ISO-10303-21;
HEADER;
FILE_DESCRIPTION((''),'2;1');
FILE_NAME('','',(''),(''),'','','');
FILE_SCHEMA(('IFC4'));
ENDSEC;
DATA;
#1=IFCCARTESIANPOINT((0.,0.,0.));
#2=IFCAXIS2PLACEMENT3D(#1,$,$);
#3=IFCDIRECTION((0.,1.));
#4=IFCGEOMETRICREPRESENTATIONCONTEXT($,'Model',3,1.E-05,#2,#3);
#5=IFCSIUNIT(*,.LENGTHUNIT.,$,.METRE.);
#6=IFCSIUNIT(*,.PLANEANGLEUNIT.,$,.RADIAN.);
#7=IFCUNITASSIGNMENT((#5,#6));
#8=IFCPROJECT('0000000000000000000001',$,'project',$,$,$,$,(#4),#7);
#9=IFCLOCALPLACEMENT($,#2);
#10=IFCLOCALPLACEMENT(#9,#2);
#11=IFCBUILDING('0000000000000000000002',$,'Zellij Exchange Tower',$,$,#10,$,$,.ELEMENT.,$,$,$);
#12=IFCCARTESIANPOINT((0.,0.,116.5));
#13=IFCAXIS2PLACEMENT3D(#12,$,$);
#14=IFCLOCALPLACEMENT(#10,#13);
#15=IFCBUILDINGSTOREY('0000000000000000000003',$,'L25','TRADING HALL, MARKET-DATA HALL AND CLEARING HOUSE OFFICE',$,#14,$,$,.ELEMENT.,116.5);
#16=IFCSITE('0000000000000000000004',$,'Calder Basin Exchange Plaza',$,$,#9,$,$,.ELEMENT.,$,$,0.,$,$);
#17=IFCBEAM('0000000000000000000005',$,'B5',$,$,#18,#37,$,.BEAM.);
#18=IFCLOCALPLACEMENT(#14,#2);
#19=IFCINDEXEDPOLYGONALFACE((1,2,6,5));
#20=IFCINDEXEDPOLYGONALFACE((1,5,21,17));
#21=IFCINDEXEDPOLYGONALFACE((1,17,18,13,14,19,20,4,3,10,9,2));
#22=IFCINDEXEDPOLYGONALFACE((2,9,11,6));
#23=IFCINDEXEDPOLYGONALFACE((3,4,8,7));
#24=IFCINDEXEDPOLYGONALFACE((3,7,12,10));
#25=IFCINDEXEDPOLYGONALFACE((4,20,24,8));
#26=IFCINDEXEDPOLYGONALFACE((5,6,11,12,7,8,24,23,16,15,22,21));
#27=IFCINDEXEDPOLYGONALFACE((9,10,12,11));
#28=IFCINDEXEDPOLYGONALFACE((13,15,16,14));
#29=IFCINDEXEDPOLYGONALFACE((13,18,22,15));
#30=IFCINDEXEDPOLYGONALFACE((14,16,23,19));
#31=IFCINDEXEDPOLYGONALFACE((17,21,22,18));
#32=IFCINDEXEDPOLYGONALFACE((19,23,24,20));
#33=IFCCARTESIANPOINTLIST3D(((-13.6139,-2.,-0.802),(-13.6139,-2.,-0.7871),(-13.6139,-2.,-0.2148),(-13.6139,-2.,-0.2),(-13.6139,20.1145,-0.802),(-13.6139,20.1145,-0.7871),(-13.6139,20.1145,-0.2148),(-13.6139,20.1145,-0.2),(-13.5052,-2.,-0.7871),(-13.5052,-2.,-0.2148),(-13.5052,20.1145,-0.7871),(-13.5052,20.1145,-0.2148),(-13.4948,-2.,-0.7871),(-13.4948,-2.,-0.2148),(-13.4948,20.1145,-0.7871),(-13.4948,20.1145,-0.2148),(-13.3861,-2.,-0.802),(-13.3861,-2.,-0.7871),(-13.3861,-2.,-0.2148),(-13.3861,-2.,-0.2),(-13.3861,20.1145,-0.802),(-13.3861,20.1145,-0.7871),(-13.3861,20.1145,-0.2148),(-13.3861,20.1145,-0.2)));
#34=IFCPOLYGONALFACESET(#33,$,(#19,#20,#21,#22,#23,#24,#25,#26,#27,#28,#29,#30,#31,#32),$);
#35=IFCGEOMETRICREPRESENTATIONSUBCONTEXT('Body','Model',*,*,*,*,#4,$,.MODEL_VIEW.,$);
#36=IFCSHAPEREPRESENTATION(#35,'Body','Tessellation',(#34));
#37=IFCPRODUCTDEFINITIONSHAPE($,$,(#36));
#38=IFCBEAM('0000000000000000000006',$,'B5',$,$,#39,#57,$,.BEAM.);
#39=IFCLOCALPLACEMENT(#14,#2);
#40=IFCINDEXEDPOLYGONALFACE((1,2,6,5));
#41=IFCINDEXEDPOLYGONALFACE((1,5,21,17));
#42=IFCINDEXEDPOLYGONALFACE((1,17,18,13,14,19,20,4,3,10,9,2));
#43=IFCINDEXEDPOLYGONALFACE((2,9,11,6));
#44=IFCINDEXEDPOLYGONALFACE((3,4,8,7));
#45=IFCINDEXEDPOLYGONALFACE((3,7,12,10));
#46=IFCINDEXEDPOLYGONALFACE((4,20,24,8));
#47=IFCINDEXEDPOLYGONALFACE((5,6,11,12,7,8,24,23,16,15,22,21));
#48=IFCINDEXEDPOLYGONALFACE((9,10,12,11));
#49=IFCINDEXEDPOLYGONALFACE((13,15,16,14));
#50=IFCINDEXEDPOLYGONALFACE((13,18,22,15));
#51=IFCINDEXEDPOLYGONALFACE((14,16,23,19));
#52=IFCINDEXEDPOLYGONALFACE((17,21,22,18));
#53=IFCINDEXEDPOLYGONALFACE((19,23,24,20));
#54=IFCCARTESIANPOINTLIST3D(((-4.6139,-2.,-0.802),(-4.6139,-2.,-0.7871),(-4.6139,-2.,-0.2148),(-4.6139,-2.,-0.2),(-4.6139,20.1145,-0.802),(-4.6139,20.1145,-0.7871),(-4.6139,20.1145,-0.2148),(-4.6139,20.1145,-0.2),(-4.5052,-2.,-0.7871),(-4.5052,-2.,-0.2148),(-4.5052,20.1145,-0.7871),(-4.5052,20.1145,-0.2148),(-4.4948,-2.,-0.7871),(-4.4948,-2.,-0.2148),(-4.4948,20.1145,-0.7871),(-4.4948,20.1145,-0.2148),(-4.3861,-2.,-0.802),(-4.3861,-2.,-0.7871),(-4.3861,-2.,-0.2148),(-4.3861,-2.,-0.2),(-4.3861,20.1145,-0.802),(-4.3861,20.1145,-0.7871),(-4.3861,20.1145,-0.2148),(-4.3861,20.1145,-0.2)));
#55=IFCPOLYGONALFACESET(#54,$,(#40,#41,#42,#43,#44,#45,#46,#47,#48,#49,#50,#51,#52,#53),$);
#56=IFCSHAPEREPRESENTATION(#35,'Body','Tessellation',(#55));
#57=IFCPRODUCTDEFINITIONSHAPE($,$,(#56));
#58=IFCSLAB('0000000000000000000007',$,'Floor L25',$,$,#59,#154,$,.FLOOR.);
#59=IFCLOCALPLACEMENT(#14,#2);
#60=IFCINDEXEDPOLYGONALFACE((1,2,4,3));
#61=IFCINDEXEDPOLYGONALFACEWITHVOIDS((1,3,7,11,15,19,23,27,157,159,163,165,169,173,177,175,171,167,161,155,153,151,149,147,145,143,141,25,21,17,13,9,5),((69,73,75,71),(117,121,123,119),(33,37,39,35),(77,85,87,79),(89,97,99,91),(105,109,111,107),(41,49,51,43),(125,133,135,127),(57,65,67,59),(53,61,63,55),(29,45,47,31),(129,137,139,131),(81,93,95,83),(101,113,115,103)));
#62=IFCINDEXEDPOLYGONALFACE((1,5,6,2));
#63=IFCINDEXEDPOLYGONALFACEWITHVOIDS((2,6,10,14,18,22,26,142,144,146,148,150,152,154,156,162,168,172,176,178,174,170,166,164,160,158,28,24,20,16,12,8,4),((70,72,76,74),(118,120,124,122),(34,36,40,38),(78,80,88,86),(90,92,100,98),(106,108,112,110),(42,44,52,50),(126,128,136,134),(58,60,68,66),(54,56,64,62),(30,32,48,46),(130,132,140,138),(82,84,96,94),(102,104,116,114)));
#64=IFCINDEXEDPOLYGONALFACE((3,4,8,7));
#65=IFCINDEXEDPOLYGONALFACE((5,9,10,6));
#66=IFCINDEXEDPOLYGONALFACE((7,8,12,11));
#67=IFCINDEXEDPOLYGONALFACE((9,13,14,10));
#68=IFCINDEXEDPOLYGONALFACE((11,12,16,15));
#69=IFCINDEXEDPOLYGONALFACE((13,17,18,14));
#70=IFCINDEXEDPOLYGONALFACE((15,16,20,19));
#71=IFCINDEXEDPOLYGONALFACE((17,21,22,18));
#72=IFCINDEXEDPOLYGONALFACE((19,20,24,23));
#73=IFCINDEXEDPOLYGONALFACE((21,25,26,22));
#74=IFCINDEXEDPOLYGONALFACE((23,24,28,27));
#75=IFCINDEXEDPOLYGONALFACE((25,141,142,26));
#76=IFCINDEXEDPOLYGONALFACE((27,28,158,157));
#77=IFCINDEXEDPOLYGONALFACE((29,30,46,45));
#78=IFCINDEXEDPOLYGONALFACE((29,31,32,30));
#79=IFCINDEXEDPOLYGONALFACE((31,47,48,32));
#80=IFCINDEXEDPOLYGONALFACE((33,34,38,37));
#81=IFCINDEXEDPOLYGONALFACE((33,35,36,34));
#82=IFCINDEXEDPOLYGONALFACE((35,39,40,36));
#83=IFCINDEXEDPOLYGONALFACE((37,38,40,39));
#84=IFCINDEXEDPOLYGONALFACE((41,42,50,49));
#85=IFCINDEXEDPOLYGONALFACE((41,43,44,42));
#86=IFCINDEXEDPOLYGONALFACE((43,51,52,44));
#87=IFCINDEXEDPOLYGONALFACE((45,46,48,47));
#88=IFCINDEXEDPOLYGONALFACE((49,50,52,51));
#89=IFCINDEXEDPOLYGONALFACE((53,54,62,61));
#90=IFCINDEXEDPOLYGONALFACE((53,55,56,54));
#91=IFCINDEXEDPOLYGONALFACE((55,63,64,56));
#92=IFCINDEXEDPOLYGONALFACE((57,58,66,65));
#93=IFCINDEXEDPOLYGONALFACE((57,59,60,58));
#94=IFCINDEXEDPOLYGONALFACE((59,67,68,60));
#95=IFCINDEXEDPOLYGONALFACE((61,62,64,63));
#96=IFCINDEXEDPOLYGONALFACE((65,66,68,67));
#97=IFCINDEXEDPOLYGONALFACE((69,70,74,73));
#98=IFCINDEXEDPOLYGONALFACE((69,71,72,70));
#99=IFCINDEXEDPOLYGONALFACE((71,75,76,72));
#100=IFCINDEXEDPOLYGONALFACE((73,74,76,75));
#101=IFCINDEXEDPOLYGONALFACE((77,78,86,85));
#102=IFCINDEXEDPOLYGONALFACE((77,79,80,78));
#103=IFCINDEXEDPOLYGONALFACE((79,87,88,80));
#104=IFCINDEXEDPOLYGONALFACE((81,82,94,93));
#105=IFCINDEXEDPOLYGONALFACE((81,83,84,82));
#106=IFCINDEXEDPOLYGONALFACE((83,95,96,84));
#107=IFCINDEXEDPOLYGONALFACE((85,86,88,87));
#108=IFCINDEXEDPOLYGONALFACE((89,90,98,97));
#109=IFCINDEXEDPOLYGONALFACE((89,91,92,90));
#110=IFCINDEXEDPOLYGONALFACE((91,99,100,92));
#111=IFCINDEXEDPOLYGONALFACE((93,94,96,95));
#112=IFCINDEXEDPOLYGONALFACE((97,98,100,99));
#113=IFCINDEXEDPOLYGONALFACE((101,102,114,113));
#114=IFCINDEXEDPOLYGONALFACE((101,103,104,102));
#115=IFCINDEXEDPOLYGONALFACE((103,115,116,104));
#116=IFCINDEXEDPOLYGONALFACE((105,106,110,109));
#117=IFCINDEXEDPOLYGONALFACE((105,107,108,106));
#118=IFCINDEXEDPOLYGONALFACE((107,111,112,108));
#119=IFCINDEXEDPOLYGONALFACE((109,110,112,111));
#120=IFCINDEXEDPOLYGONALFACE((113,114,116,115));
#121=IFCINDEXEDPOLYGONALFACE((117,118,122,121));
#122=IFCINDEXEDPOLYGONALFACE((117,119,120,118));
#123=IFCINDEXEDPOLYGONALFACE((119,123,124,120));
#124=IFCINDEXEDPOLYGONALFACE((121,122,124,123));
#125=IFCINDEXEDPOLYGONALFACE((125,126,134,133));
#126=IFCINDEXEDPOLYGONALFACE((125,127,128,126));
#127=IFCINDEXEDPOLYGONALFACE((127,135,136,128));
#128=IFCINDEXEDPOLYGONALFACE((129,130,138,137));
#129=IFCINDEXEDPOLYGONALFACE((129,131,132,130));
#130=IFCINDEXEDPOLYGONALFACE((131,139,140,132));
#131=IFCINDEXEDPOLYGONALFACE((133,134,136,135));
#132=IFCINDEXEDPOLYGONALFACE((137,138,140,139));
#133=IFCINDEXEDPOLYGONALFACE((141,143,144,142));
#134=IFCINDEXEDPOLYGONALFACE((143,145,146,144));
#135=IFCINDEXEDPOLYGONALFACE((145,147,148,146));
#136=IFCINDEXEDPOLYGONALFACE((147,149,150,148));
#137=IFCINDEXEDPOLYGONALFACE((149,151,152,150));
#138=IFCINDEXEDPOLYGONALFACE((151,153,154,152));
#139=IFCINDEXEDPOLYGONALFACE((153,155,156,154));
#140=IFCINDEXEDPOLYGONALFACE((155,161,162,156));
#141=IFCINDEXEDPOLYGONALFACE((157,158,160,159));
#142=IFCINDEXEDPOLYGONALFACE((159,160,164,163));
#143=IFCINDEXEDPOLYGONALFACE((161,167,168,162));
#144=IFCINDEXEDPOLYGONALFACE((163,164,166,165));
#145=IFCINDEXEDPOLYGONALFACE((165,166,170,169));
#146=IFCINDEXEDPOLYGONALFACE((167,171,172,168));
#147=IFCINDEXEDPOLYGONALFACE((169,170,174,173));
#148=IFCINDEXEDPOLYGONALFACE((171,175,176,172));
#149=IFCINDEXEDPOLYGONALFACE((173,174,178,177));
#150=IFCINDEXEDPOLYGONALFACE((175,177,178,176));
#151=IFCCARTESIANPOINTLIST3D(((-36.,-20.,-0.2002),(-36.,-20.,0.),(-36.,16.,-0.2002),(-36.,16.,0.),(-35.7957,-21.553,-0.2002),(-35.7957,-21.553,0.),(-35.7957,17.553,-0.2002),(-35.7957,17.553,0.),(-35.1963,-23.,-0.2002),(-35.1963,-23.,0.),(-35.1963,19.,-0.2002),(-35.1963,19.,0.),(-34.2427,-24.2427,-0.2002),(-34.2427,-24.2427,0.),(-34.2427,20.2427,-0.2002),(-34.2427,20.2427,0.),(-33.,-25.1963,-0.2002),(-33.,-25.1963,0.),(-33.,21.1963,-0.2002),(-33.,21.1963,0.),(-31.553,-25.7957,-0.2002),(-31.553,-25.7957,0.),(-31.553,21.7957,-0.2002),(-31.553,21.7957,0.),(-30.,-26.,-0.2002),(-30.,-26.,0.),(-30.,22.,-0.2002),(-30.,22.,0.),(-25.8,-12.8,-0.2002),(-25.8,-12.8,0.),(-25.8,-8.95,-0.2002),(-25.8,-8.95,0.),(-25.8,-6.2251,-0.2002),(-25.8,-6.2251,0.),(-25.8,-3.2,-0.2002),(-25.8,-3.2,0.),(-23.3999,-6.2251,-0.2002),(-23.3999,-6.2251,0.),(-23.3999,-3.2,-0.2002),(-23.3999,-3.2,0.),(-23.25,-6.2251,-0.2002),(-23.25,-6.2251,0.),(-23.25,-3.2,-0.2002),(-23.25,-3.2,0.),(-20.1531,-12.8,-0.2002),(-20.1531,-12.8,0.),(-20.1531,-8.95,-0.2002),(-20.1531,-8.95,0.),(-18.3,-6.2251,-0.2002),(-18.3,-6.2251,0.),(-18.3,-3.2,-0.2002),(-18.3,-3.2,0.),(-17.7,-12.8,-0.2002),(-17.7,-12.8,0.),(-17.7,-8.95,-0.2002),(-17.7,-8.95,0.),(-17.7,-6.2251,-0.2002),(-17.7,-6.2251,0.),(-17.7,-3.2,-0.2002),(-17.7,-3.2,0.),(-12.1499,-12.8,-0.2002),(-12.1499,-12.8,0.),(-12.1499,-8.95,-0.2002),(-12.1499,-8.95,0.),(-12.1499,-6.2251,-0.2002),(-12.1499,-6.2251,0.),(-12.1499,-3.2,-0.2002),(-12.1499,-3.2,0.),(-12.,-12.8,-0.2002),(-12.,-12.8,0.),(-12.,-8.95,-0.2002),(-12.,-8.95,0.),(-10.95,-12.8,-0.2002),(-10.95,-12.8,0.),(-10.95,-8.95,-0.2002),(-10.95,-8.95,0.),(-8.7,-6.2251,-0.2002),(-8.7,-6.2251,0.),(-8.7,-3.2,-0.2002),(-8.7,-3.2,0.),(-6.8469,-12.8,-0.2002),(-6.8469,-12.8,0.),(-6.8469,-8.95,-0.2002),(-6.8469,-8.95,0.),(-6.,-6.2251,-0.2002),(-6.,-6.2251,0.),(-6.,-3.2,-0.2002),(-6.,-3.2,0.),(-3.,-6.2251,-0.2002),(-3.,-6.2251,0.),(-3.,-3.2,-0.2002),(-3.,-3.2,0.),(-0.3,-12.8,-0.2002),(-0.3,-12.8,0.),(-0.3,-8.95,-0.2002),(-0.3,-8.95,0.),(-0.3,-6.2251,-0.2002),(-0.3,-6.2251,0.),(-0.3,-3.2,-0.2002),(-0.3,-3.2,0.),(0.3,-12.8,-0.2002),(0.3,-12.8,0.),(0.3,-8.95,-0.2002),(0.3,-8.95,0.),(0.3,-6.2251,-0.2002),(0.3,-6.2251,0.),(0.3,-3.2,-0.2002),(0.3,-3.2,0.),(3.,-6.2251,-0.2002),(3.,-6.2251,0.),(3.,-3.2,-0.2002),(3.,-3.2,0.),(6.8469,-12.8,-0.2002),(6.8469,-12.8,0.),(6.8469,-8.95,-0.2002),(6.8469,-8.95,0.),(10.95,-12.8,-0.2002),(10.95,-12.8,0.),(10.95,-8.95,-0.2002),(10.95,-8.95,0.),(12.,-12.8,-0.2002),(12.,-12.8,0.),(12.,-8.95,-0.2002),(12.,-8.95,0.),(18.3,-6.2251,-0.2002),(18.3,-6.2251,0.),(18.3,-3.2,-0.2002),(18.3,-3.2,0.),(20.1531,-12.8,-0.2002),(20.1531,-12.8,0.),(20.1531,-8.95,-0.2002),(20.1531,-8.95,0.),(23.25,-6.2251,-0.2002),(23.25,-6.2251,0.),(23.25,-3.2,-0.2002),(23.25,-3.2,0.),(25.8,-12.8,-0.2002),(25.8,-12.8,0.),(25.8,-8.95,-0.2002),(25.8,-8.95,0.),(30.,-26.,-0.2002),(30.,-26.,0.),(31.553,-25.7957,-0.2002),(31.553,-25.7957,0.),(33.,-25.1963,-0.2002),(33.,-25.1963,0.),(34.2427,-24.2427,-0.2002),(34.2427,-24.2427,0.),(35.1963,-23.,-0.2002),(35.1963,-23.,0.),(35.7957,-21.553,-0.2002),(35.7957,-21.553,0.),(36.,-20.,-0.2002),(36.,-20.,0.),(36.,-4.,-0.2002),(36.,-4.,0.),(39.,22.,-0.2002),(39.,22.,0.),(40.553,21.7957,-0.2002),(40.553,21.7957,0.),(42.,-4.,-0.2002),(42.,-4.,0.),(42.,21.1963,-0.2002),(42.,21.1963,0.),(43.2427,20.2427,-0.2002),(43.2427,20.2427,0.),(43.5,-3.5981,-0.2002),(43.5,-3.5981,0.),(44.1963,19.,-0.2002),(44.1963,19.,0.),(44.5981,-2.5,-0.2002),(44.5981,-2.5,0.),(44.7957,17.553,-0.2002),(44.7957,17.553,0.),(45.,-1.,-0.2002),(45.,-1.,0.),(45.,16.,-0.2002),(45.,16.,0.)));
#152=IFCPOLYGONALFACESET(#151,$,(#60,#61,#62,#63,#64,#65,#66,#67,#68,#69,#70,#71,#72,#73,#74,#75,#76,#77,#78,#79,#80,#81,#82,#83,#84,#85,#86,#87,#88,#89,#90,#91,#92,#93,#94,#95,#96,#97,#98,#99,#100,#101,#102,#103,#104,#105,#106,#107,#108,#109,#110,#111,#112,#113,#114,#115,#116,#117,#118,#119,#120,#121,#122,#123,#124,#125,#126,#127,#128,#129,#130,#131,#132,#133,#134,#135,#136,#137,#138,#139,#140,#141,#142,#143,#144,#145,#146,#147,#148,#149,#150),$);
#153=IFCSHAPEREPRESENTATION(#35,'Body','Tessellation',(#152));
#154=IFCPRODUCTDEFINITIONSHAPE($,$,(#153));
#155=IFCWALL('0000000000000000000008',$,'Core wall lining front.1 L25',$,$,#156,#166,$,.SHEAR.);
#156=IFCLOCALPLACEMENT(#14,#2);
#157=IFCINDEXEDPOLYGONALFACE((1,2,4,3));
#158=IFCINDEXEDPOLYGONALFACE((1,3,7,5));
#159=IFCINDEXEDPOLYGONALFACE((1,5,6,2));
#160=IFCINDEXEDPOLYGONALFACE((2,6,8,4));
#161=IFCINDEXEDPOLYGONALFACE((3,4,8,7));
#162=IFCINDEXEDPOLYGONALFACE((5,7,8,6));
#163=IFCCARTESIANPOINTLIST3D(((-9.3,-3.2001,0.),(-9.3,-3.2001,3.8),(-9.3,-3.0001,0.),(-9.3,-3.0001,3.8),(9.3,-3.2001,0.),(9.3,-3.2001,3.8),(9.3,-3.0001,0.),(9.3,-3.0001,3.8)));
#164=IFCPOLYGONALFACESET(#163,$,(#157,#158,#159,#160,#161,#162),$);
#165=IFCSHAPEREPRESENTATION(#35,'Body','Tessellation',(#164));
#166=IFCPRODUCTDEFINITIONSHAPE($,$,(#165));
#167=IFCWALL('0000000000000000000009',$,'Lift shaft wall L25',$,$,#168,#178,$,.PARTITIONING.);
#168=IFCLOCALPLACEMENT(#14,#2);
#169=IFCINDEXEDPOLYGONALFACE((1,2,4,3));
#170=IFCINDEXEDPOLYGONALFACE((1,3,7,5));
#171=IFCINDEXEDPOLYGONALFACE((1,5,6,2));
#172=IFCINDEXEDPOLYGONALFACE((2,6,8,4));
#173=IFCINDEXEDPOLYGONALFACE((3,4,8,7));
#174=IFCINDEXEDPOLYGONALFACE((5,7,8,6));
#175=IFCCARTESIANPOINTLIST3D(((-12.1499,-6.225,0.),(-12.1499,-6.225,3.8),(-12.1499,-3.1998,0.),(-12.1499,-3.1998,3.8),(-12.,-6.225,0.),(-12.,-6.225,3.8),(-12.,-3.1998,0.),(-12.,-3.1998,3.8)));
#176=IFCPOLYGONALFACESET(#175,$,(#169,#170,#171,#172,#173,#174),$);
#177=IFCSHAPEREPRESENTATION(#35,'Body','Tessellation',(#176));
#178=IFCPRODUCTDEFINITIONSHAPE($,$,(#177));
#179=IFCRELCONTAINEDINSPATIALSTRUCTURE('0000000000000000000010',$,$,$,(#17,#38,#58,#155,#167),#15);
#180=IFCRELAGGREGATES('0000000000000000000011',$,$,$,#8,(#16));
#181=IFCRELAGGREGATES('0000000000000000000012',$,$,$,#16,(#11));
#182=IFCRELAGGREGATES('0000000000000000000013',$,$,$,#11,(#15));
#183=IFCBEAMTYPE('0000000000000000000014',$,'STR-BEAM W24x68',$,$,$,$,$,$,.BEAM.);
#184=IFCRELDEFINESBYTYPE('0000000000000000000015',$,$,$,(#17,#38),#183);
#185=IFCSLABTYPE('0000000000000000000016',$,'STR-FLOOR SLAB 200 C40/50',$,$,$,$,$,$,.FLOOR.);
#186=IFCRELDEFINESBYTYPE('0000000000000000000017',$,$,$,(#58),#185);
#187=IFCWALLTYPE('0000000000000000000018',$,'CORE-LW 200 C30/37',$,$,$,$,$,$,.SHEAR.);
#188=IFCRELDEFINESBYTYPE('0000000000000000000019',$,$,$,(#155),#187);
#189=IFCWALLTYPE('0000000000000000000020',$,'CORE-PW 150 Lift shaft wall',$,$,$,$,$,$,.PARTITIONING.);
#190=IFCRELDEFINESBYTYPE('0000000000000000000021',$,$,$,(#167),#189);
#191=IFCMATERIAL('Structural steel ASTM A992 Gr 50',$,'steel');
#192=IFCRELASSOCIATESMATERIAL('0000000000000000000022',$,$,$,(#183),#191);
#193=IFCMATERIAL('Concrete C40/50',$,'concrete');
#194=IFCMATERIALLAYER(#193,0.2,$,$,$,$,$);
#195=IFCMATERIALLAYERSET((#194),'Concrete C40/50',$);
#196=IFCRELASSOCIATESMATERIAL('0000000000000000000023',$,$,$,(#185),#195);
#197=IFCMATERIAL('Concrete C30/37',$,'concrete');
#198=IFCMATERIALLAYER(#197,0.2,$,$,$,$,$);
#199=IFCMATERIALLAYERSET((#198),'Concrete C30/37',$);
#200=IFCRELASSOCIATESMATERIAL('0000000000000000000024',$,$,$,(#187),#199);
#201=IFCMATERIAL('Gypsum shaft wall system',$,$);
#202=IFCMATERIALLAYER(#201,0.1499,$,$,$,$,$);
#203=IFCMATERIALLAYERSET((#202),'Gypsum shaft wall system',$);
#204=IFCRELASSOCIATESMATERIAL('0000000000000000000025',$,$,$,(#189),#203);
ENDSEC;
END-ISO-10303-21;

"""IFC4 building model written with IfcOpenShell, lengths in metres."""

from ifc_helpers import new_model, si_unit, direction, frame, frame_2d, origin, origin_2d, place, context, subcontext, project, spatial, polyline, rectangle, i_section, outline, extrude, material, layer, layer_set, material_profile, profile_set, type_object, element, save


model = new_model("IFC4")

# Units and contexts
model_context = context("Model", 3, precision=1e-05, world=origin(), true_north=direction((0.0, 1.0)))
body_context = subcontext(model_context, "Body", "Model", "MODEL_VIEW")
ifc_project = project(units=[si_unit("LENGTHUNIT", "METRE"), si_unit("PLANEANGLEUNIT", "RADIAN")], contexts=[model_context])

# Site, building, storey
site_placement = place(None, origin())
site = spatial("IfcSite", under=ifc_project, at=site_placement, Name="Calder Basin Exchange Plaza", CompositionType="ELEMENT", RefElevation=0.0)
building_placement = place(site_placement, origin())
building = spatial("IfcBuilding", under=site, at=building_placement, Name="Zellij Exchange Tower", CompositionType="ELEMENT")
storey_placement = place(building_placement, frame((0.0, 0.0, 116.5)))
storey = spatial("IfcBuildingStorey", under=building, at=storey_placement, Name="L25", Description="TRADING HALL, MARKET-DATA HALL AND CLEARING HOUSE OFFICE", CompositionType="ELEMENT", Elevation=116.5)

# Beams
ifc_material_1 = material(Name="Structural steel ASTM A992 Gr 50", Category="steel")
ifc_material_profile = material_profile(ifc_material_1, i_section(OverallWidth=0.2278, OverallDepth=0.6021, WebThickness=0.0105, FlangeThickness=0.0149, at=origin_2d()), Name="W24x68")
ifc_profile_set = profile_set([ifc_material_profile], Name="Structural steel ASTM A992 Gr 50")
beam_type = type_object("IfcBeamType", Name="STR-BEAM W24x68", PredefinedType="BEAM", material=ifc_profile_set)
for number, where, z_axis, x_axis, name in (
    (1, (-13.5, -2.0, -0.501), (0.0, 1.0, 0.0), (-1.0, 0.0, 0.0), "B5"),
    (2, (-4.5, -2.0, -0.501), (0.0, 1.0, 0.0), (-1.0, 0.0, 0.0), "B5"),
):
    element("IfcBeam", number, at=place(storey_placement, frame(where, z_axis=z_axis, x_axis=x_axis)), inside=storey, type_object=beam_type, Name=name, PredefinedType="BEAM", context=body_context, shape_type="SweptSolid", body=[
        extrude(i_section(OverallWidth=0.2278, OverallDepth=0.6021, WebThickness=0.0105, FlangeThickness=0.0149, at=origin_2d()), origin(), (0.0, 0.0, 1.0), 22.1145),
    ])

# Slab
ifc_material_2 = material(Name="Concrete C40/50", Category="concrete")
ifc_layer_1 = layer(ifc_material_2, 0.2)
ifc_layer_set_1 = layer_set([ifc_layer_1], Name="Concrete C40/50")
slab_type = type_object("IfcSlabType", Name="STR-FLOOR SLAB 200 C40/50", PredefinedType="FLOOR", material=ifc_layer_set_1)
slab_placement = place(storey_placement, frame((0.0, 0.0, -0.2002)))
element("IfcSlab", 3, at=slab_placement, inside=storey, type_object=slab_type, Name="Floor L25", PredefinedType="FLOOR", context=body_context, shape_type="SweptSolid", body=[
    extrude(outline(polyline([(35.7957, -21.553), (35.1963, -23.0), (34.2427, -24.2427), (33.0, -25.1963), (31.553, -25.7957), (30.0, -26.0), (-30.0, -26.0), (-31.553, -25.7957), (-33.0, -25.1963), (-34.2427, -24.2427), (-35.1963, -23.0), (-35.7957, -21.553), (-36.0, -20.0), (-36.0, 16.0), (-35.7957, 17.553), (-35.1963, 19.0), (-34.2427, 20.2427), (-33.0, 21.1963), (-31.553, 21.7957), (-30.0, 22.0), (39.0, 22.0), (40.553, 21.7957), (42.0, 21.1963), (43.2427, 20.2427), (44.1963, 19.0), (44.7957, 17.553), (45.0, 16.0), (45.0, -1.0), (44.5981, -2.5), (43.5, -3.5981), (42.0, -4.0), (36.0, -4.0), (36.0, -20.0), (35.7957, -21.553)]), holes=[polyline([(-25.8, -8.95), (-25.8, -12.8), (-20.1531, -12.8), (-20.1531, -8.95), (-25.8, -8.95)]), polyline([(-12.1499, -8.95), (-17.7, -8.95), (-17.7, -12.8), (-12.1499, -12.8), (-12.1499, -8.95)]), polyline([(-10.95, -8.95), (-12.0, -8.95), (-12.0, -12.8), (-10.95, -12.8), (-10.95, -8.95)]), polyline([(-23.3999, -3.2), (-25.8, -3.2), (-25.8, -6.2251), (-23.3999, -6.2251), (-23.3999, -3.2)]), polyline([(-18.3, -3.2), (-23.25, -3.2), (-23.25, -6.2251), (-18.3, -6.2251), (-18.3, -3.2)]), polyline([(-12.1499, -3.2), (-17.7, -3.2), (-17.7, -6.2251), (-12.1499, -6.2251), (-12.1499, -3.2)]), polyline([(-6.0, -3.2), (-8.7, -3.2), (-8.7, -6.2251), (-6.0, -6.2251), (-6.0, -3.2)]), polyline([(-6.8469, -8.95), (-6.8469, -12.8), (-0.3, -12.8), (-0.3, -8.95), (-6.8469, -8.95)]), polyline([(6.8469, -8.95), (0.3, -8.95), (0.3, -12.8), (6.8469, -12.8), (6.8469, -8.95)]), polyline([(12.0, -8.95), (10.95, -8.95), (10.95, -12.8), (12.0, -12.8), (12.0, -8.95)]), polyline([(25.8, -8.95), (20.1531, -8.95), (20.1531, -12.8), (25.8, -12.8), (25.8, -8.95)]), polyline([(-0.3, -3.2), (-3.0, -3.2), (-3.0, -6.2251), (-0.3, -6.2251), (-0.3, -3.2)]), polyline([(3.0, -3.2), (0.3, -3.2), (0.3, -6.2251), (3.0, -6.2251), (3.0, -3.2)]), polyline([(23.25, -3.2), (18.3, -3.2), (18.3, -6.2251), (23.25, -6.2251), (23.25, -3.2)])]), origin(), (0.0, 0.0, 1.0), 0.2002),
])

# Walls
ifc_material_3 = material(Name="Concrete C30/37", Category="concrete")
ifc_layer_2 = layer(ifc_material_3, 0.2)
ifc_layer_set_2 = layer_set([ifc_layer_2], Name="Concrete C30/37")
wall_type_1 = type_object("IfcWallType", Name="CORE-LW 200 C30/37", PredefinedType="SHEAR", material=ifc_layer_set_2)
wall_1_placement = place(storey_placement, frame((-9.3, -3.1001, 0.0), z_axis=(0.0, 0.0, 1.0), x_axis=(1.0, 0.0, 0.0)))
element("IfcWall", 4, at=wall_1_placement, inside=storey, type_object=wall_type_1, Name="Core wall lining front.1 L25", PredefinedType="SHEAR", context=body_context, shape_type="SweptSolid", body=[
    extrude(rectangle(XDim=18.6001, YDim=0.2, at=frame_2d((9.3, 0.0))), origin(), (0.0, 0.0, 1.0), 3.8),
])
ifc_material_4 = material(Name="Gypsum shaft wall system")
ifc_layer_3 = layer(ifc_material_4, 0.1499)
ifc_layer_set_3 = layer_set([ifc_layer_3], Name="Gypsum shaft wall system")
wall_type_2 = type_object("IfcWallType", Name="CORE-PW 150 Lift shaft wall", PredefinedType="PARTITIONING", material=ifc_layer_set_3)
for number, where, z_axis, x_axis, name in (
    (5, (-12.075, -6.2251, 0.0), (0.0, 0.0, 1.0), (0.0, 1.0, 0.0), "Lift shaft wall L25"),
):
    element("IfcWall", number, at=place(storey_placement, frame(where, z_axis=z_axis, x_axis=x_axis)), inside=storey, type_object=wall_type_2, Name=name, PredefinedType="PARTITIONING", context=body_context, shape_type="SweptSolid", body=[
        extrude(rectangle(XDim=3.0251, YDim=0.1499, at=frame_2d((1.5127, 0.0))), origin(), (0.0, 0.0, 1.0), 3.8),
    ])

save(model, "model.ifc")
